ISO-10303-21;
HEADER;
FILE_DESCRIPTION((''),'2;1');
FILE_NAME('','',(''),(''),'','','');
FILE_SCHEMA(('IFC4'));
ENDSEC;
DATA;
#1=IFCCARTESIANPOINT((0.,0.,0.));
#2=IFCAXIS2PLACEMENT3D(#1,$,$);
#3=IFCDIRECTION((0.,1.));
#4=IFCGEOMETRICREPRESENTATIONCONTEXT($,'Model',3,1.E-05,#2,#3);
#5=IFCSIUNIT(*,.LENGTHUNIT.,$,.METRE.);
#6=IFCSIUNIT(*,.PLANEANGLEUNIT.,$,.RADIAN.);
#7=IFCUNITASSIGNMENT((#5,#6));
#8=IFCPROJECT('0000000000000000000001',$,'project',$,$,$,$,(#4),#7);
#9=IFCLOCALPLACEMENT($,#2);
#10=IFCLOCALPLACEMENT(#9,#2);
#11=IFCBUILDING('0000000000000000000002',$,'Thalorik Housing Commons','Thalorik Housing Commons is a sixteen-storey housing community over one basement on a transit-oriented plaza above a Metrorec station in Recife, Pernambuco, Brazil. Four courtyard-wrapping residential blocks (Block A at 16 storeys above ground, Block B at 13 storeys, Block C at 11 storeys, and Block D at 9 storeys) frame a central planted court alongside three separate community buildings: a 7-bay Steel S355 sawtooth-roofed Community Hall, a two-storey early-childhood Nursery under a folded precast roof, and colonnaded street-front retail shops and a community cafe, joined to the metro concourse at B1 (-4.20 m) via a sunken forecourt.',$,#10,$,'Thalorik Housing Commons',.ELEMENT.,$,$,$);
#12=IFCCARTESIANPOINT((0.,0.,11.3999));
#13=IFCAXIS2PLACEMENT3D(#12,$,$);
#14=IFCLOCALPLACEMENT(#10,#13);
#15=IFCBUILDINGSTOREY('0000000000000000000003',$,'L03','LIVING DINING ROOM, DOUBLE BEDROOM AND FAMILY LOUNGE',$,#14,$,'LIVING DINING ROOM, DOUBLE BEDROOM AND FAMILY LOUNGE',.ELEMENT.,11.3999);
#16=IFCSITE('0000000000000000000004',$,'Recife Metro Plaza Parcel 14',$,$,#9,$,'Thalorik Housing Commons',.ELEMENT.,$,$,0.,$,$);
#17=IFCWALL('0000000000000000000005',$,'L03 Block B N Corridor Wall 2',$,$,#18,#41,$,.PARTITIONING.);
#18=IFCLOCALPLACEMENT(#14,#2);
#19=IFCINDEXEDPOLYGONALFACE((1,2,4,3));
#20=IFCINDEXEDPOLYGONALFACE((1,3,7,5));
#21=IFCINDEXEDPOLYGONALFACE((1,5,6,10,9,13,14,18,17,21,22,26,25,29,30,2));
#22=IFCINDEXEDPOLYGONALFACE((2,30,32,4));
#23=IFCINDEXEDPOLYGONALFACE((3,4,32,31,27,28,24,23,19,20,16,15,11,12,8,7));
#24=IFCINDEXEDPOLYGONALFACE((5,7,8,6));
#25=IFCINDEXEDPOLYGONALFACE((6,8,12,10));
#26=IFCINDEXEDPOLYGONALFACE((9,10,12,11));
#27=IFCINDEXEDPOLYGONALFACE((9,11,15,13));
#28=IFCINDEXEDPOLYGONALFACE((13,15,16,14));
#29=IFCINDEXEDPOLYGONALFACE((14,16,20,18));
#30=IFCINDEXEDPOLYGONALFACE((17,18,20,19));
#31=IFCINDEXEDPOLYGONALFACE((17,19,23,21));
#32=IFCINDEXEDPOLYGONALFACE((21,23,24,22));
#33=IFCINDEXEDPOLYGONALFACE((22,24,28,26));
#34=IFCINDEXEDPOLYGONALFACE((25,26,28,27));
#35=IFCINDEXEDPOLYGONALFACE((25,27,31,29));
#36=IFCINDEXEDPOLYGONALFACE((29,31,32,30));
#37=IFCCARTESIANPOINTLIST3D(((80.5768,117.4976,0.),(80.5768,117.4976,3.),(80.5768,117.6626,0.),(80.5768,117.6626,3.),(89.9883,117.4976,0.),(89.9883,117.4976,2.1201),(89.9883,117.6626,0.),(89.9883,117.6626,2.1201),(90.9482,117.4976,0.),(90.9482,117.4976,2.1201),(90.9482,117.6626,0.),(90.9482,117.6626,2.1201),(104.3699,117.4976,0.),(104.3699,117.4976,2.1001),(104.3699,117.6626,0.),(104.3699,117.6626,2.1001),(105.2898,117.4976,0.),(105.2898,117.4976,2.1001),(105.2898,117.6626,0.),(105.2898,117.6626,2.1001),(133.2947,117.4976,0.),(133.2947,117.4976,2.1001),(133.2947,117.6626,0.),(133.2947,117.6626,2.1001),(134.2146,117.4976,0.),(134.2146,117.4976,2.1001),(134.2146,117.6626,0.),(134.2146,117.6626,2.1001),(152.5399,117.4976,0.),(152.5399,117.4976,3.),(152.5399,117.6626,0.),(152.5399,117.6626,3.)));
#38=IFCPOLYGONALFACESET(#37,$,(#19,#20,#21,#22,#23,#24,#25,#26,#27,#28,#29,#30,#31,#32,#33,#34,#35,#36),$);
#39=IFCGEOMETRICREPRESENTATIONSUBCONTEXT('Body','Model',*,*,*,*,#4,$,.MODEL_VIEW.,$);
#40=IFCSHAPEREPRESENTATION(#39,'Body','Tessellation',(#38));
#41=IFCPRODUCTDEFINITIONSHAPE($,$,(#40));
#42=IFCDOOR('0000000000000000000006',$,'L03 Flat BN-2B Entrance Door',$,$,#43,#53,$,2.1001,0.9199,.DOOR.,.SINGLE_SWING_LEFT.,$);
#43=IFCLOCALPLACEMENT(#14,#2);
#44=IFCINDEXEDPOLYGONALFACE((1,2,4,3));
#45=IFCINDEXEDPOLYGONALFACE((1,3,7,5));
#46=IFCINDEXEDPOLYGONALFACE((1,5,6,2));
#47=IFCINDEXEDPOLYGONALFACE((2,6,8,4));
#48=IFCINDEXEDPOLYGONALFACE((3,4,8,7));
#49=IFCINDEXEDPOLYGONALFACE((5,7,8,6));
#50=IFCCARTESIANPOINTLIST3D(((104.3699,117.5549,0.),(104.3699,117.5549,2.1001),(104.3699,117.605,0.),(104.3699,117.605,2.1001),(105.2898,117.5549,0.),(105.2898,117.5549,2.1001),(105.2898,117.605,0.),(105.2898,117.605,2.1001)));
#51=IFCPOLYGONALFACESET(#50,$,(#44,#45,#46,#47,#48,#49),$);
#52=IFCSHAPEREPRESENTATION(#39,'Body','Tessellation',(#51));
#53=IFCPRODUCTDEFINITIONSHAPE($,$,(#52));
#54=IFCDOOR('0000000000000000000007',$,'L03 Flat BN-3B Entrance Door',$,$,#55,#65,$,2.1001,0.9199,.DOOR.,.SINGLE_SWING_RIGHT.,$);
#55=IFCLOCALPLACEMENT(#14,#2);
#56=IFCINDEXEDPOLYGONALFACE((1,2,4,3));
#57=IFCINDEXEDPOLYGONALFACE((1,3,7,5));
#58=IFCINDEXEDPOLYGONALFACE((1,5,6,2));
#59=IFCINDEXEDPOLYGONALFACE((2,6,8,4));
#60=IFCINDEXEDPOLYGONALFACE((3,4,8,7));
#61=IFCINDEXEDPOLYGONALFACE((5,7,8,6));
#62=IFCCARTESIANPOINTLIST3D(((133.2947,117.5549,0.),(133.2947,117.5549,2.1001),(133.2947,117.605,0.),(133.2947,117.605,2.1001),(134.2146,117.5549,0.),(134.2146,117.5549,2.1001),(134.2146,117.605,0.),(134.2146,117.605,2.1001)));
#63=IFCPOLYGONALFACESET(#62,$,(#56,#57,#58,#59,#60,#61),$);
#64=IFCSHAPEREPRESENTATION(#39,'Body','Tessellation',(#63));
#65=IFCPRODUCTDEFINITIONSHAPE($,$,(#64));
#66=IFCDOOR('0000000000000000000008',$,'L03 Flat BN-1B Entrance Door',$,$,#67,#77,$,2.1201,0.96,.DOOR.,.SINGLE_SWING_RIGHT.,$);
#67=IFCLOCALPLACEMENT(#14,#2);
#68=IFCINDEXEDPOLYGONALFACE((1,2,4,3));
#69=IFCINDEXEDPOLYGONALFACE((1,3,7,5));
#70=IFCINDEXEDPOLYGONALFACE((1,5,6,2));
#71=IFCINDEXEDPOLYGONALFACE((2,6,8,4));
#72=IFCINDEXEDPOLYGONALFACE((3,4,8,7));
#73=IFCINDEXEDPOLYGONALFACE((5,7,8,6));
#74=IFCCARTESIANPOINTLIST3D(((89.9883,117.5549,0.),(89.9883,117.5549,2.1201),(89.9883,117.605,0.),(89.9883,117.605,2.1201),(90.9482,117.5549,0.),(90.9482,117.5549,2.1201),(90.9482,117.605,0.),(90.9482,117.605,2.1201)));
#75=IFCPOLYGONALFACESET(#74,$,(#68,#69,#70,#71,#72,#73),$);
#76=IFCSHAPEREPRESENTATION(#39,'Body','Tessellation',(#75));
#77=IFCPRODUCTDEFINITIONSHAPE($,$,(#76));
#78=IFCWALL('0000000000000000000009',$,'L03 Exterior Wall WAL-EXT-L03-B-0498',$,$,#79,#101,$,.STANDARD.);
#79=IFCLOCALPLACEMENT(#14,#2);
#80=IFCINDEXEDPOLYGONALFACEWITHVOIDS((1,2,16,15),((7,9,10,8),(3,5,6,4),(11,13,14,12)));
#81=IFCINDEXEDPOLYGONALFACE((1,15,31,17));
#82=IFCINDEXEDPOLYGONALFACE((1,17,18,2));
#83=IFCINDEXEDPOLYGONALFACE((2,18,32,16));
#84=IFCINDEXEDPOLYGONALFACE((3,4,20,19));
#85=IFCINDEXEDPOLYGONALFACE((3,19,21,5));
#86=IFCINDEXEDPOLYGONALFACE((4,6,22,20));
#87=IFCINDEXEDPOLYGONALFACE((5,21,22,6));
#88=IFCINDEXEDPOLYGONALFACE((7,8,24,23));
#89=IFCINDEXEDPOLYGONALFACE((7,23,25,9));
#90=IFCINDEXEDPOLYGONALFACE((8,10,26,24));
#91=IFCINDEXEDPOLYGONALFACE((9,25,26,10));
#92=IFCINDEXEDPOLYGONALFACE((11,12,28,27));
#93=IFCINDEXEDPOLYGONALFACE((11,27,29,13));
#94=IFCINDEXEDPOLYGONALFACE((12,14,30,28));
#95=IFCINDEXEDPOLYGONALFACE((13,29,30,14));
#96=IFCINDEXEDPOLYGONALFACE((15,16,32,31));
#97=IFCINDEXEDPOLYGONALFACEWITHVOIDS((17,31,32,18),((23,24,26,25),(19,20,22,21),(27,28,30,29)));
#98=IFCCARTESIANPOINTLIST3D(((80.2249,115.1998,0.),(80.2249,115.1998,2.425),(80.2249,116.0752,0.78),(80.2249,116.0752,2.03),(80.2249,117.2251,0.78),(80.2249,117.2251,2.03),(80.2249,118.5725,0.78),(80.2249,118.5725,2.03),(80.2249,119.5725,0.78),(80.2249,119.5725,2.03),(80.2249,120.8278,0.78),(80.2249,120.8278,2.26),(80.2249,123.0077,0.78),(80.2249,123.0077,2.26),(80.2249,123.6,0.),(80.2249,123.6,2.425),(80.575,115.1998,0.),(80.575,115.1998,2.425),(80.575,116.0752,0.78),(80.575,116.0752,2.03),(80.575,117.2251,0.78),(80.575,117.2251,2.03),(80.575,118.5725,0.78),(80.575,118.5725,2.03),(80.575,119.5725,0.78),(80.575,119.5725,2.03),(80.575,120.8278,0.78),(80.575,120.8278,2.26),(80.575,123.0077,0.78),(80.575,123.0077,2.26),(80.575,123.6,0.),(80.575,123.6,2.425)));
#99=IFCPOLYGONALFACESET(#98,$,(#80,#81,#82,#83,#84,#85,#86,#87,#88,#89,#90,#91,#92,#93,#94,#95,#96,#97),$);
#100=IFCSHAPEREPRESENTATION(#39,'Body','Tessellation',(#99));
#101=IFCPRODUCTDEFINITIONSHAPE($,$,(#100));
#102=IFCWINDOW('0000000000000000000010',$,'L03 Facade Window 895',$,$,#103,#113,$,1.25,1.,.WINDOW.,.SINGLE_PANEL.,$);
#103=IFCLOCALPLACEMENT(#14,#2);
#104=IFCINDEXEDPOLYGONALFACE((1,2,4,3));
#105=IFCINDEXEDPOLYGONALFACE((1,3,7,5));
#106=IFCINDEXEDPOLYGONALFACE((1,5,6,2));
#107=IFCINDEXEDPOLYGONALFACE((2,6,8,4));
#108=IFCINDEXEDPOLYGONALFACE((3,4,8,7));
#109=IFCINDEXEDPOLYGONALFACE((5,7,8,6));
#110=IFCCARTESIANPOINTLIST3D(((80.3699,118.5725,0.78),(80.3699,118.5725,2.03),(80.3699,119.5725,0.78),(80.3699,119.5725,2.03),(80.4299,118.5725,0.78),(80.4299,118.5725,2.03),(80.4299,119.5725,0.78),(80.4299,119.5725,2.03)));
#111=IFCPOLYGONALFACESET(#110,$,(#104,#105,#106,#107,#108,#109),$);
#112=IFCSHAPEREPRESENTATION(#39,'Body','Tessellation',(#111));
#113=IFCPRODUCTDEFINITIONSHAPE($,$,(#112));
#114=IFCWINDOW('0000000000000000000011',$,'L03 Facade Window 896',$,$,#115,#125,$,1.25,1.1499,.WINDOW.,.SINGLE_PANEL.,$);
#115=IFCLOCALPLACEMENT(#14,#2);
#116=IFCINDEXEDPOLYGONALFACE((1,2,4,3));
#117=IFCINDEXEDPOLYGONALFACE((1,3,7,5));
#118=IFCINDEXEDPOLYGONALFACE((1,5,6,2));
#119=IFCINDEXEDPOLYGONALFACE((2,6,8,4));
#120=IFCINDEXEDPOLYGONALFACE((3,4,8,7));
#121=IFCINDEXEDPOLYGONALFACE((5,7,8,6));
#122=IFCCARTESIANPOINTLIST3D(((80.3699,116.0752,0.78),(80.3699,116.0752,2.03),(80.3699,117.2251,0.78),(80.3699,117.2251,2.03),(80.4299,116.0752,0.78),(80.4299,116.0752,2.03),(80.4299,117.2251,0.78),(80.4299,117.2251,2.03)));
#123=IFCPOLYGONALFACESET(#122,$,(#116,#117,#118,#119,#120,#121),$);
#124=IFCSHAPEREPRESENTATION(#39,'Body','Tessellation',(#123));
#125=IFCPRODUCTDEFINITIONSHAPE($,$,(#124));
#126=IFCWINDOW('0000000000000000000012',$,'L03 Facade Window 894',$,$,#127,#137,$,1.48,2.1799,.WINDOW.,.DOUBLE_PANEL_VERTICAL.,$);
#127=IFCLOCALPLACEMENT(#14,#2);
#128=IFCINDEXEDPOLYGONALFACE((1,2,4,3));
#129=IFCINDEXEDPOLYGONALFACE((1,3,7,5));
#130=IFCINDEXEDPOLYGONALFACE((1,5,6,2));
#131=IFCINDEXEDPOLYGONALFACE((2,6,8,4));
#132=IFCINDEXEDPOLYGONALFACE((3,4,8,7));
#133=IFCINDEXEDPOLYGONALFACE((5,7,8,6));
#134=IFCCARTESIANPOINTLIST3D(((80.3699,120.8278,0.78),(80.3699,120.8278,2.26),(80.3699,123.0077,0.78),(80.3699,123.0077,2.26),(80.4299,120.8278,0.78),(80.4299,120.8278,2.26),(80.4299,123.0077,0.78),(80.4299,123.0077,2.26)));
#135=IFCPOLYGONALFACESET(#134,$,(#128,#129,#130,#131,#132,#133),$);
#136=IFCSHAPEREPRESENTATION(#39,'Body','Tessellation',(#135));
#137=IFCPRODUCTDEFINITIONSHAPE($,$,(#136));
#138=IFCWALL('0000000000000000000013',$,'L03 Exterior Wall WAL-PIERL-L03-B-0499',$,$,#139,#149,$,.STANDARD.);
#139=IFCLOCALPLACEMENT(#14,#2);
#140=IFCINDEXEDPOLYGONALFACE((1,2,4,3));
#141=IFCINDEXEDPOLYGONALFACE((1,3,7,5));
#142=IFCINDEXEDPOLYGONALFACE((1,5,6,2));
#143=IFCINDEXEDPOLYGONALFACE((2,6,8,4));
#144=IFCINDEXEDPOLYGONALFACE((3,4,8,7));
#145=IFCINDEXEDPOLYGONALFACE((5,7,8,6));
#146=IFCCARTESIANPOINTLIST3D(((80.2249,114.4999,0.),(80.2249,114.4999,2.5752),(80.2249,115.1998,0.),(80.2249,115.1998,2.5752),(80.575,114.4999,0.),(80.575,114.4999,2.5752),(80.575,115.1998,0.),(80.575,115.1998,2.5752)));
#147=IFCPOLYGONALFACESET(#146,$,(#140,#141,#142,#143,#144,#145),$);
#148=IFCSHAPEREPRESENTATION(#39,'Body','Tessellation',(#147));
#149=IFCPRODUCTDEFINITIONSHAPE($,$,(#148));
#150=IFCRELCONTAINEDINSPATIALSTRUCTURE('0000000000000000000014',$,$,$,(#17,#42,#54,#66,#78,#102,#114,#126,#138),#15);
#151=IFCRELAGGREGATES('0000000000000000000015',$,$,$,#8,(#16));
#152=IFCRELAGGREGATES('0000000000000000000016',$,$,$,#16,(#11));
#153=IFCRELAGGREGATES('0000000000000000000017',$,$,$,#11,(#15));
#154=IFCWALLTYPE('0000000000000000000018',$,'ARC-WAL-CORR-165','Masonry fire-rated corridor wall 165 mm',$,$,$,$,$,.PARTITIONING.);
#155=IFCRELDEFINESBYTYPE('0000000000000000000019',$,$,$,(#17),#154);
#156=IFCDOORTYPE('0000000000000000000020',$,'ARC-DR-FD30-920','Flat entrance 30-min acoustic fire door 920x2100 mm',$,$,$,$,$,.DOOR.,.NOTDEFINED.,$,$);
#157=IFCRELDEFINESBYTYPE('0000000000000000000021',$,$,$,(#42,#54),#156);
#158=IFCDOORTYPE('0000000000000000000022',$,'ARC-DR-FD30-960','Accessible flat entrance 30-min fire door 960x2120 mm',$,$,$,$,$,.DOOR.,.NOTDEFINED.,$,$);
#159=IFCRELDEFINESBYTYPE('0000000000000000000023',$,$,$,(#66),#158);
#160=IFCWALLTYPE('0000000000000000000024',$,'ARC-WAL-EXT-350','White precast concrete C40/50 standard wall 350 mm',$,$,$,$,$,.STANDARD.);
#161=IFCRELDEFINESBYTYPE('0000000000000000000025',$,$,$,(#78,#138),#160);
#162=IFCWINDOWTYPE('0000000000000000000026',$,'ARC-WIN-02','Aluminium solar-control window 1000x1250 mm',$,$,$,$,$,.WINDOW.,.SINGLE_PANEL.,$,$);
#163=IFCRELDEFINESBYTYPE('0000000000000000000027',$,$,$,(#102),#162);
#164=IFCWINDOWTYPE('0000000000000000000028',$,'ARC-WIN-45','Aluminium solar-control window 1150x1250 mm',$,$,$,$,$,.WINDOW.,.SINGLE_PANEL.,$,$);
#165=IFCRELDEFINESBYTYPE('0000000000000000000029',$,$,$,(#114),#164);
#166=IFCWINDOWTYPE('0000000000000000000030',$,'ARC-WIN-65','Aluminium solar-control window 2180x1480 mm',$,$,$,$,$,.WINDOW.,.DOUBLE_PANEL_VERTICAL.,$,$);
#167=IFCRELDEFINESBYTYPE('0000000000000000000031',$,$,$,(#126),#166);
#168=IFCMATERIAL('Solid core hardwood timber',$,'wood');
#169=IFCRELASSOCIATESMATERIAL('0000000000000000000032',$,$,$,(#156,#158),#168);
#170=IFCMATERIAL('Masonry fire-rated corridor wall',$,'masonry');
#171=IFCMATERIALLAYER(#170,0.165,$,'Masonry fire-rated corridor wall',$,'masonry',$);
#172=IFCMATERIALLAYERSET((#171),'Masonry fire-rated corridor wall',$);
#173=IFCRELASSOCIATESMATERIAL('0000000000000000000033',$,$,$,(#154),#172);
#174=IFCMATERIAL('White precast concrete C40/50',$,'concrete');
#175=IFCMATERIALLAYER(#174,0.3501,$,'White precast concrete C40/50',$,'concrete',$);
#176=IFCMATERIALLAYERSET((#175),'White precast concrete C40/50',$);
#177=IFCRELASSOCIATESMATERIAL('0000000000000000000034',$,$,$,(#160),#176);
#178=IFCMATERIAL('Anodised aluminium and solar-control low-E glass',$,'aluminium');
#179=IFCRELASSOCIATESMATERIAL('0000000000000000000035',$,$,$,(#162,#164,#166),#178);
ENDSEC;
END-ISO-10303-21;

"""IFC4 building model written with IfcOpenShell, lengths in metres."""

from ifc_helpers import new_model, si_unit, direction, frame, frame_2d, origin, place, context, subcontext, project, spatial, rectangle, extrude, material, layer, layer_set, type_object, element, fill, save


model = new_model("IFC4")

# Units and contexts
model_context = context("Model", 3, precision=1e-05, world=origin(), true_north=direction((0.0, 1.0)))
body_context = subcontext(model_context, "Body", "Model", "MODEL_VIEW")
ifc_project = project(units=[si_unit("LENGTHUNIT", "METRE"), si_unit("PLANEANGLEUNIT", "RADIAN")], contexts=[model_context])

# Site, building, storey
site_placement = place(None, origin())
site = spatial("IfcSite", under=ifc_project, at=site_placement, Name="Recife Metro Plaza Parcel 14", LongName="Thalorik Housing Commons", CompositionType="ELEMENT", RefElevation=0.0)
building_placement = place(site_placement, origin())
building = spatial("IfcBuilding", under=site, at=building_placement, Name="Thalorik Housing Commons", Description="Thalorik Housing Commons is a sixteen-storey housing community over one basement on a transit-oriented plaza above a Metrorec station in Recife, Pernambuco, Brazil. Four courtyard-wrapping residential blocks (Block A at 16 storeys above ground, Block B at 13 storeys, Block C at 11 storeys, and Block D at 9 storeys) frame a central planted court alongside three separate community buildings: a 7-bay Steel S355 sawtooth-roofed Community Hall, a two-storey early-childhood Nursery under a folded precast roof, and colonnaded street-front retail shops and a community cafe, joined to the metro concourse at B1 (-4.20 m) via a sunken forecourt.", LongName="Thalorik Housing Commons", CompositionType="ELEMENT")
storey_placement = place(building_placement, frame((0.0, 0.0, 11.3999)))
storey = spatial("IfcBuildingStorey", under=building, at=storey_placement, Name="L03", Description="LIVING DINING ROOM, DOUBLE BEDROOM AND FAMILY LOUNGE", LongName="LIVING DINING ROOM, DOUBLE BEDROOM AND FAMILY LOUNGE", CompositionType="ELEMENT", Elevation=11.3999)

# Shared definitions
ifc_material_1 = material(Name="Anodised aluminium and solar-control low-E glass", Category="aluminium")

# Wall, openings, doors
ifc_material_2 = material(Name="Masonry fire-rated corridor wall", Category="masonry")
ifc_material_3 = material(Name="Solid core hardwood timber", Category="wood")
door_type_1 = type_object("IfcDoorType", Name="ARC-DR-FD30-920", Description="Flat entrance 30-min acoustic fire door 920x2100 mm", OperationType="NOTDEFINED", PredefinedType="DOOR", material=ifc_material_3)
ifc_layer_1 = layer(ifc_material_2, 0.165, Name="Masonry fire-rated corridor wall", Category="masonry")
ifc_layer_set_1 = layer_set([ifc_layer_1], Name="Masonry fire-rated corridor wall")
wall_type_1 = type_object("IfcWallType", Name="ARC-WAL-CORR-165", Description="Masonry fire-rated corridor wall 165 mm", PredefinedType="PARTITIONING", material=ifc_layer_set_1)
wall_1_placement = place(storey_placement, frame((80.5769, 117.5801, 0.0), z_axis=(0.0, 0.0, 1.0), x_axis=(1.0, 0.0, 0.0)))
wall_1 = element("IfcWall", 1, at=wall_1_placement, inside=storey, type_object=wall_type_1, Name="L03 Block B N Corridor Wall 2", PredefinedType="PARTITIONING", context=body_context, shape_type="SweptSolid", body=[
    extrude(rectangle(XDim=71.9631, YDim=0.165, at=frame_2d((35.9814, 0.0))), origin(), (0.0, 0.0, 1.0), 3.0),
])
opening_1_placement = place(wall_1_placement, frame((9.4114, 0.0, 0.0)))
opening_1 = element("IfcOpeningElement", 2, at=opening_1_placement, cuts=wall_1, PredefinedType="OPENING", context=body_context, shape_type="SweptSolid", body=[
    extrude(rectangle(XDim=0.96, YDim=2.1201, at=frame_2d((0.48, 1.0601))), frame((0.0, 0.0925, 0.0), z_axis=(0.0, -1.0, 0.0), x_axis=(1.0, 0.0, 0.0)), (0.0, 0.0, 1.0), 0.1851),
])
opening_2_placement = place(wall_1_placement, frame((23.793, 0.0, 0.0)))
opening_2 = element("IfcOpeningElement", 3, at=opening_2_placement, cuts=wall_1, PredefinedType="OPENING", context=body_context, shape_type="SweptSolid", body=[
    extrude(rectangle(XDim=0.9199, YDim=2.1001, at=frame_2d((0.46, 1.05))), frame((0.0, 0.0925, 0.0), z_axis=(0.0, -1.0, 0.0), x_axis=(1.0, 0.0, 0.0)), (0.0, 0.0, 1.0), 0.1851),
])
opening_3_placement = place(wall_1_placement, frame((52.7178, 0.0, 0.0)))
opening_3 = element("IfcOpeningElement", 4, at=opening_3_placement, cuts=wall_1, PredefinedType="OPENING", context=body_context, shape_type="SweptSolid", body=[
    extrude(rectangle(XDim=0.9199, YDim=2.1001, at=frame_2d((0.46, 1.05))), frame((0.0, 0.0925, 0.0), z_axis=(0.0, -1.0, 0.0), x_axis=(1.0, 0.0, 0.0)), (0.0, 0.0, 1.0), 0.1851),
])
door_1_placement = place(opening_2_placement, origin())
door_1 = element("IfcDoor", 5, at=door_1_placement, inside=storey, type_object=door_type_1, Name="L03 Flat BN-2B Entrance Door", OperationType="SINGLE_SWING_LEFT", OverallHeight=2.1001, OverallWidth=0.9199, PredefinedType="DOOR", context=body_context, shape_type="SweptSolid", body=[
    extrude(rectangle(XDim=0.9199, YDim=2.1001, at=frame_2d((0.46, 1.05))), frame((0.0, 0.0249, 0.0), z_axis=(0.0, -1.0, 0.0), x_axis=(1.0, 0.0, 0.0)), (0.0, 0.0, 1.0), 0.05),
])
fill(opening_2, door_1)
door_2_placement = place(opening_3_placement, origin())
door_2 = element("IfcDoor", 6, at=door_2_placement, inside=storey, type_object=door_type_1, Name="L03 Flat BN-3B Entrance Door", OperationType="SINGLE_SWING_RIGHT", OverallHeight=2.1001, OverallWidth=0.9199, PredefinedType="DOOR", context=body_context, shape_type="SweptSolid", body=[
    extrude(rectangle(XDim=0.9199, YDim=2.1001, at=frame_2d((0.46, 1.05))), frame((0.0, 0.0249, 0.0), z_axis=(0.0, -1.0, 0.0), x_axis=(1.0, 0.0, 0.0)), (0.0, 0.0, 1.0), 0.05),
])
fill(opening_3, door_2)
door_type_2 = type_object("IfcDoorType", Name="ARC-DR-FD30-960", Description="Accessible flat entrance 30-min fire door 960x2120 mm", OperationType="NOTDEFINED", PredefinedType="DOOR", material=ifc_material_3)
door_3_placement = place(opening_1_placement, origin())
door_3 = element("IfcDoor", 7, at=door_3_placement, inside=storey, type_object=door_type_2, Name="L03 Flat BN-1B Entrance Door", OperationType="SINGLE_SWING_RIGHT", OverallHeight=2.1201, OverallWidth=0.96, PredefinedType="DOOR", context=body_context, shape_type="SweptSolid", body=[
    extrude(rectangle(XDim=0.96, YDim=2.1201, at=frame_2d((0.48, 1.0601))), frame((0.0, 0.0249, 0.0), z_axis=(0.0, -1.0, 0.0), x_axis=(1.0, 0.0, 0.0)), (0.0, 0.0, 1.0), 0.05),
])
fill(opening_1, door_3)

# Wall, openings, windows
ifc_material_4 = material(Name="White precast concrete C40/50", Category="concrete")
ifc_layer_2 = layer(ifc_material_4, 0.3501, Name="White precast concrete C40/50", Category="concrete")
ifc_layer_set_2 = layer_set([ifc_layer_2], Name="White precast concrete C40/50")
wall_type_2 = type_object("IfcWallType", Name="ARC-WAL-EXT-350", Description="White precast concrete C40/50 standard wall 350 mm", PredefinedType="STANDARD", material=ifc_layer_set_2)
wall_2_placement = place(storey_placement, frame((80.3999, 123.6001, 0.0), z_axis=(0.0, 0.0, 1.0), x_axis=(0.0, -1.0, 0.0)))
wall_2 = element("IfcWall", 8, at=wall_2_placement, inside=storey, type_object=wall_type_2, Name="L03 Exterior Wall WAL-EXT-L03-B-0498", PredefinedType="STANDARD", context=body_context, shape_type="SweptSolid", body=[
    extrude(rectangle(XDim=8.4001, YDim=0.3501, at=frame_2d((4.2002, 0.0))), origin(), (0.0, 0.0, 1.0), 2.425),
])
opening_4_placement = place(wall_2_placement, frame((0.5925, 0.0, 0.78)))
opening_4 = element("IfcOpeningElement", 9, at=opening_4_placement, cuts=wall_2, PredefinedType="OPENING", context=body_context, shape_type="SweptSolid", body=[
    extrude(rectangle(XDim=2.1799, YDim=1.48, at=frame_2d((1.0898, 0.74))), frame((0.0, 0.1851, 0.0), z_axis=(0.0, -1.0, 0.0), x_axis=(1.0, 0.0, 0.0)), (0.0, 0.0, 1.0), 0.3701),
])
opening_5_placement = place(wall_2_placement, frame((4.0276, 0.0, 0.78)))
opening_5 = element("IfcOpeningElement", 10, at=opening_5_placement, cuts=wall_2, PredefinedType="OPENING", context=body_context, shape_type="SweptSolid", body=[
    extrude(rectangle(XDim=1.0, YDim=1.25, at=frame_2d((0.5, 0.625))), frame((0.0, 0.1851, 0.0), z_axis=(0.0, -1.0, 0.0), x_axis=(1.0, 0.0, 0.0)), (0.0, 0.0, 1.0), 0.3701),
])
opening_6_placement = place(wall_2_placement, frame((6.375, 0.0, 0.78)))
opening_6 = element("IfcOpeningElement", 11, at=opening_6_placement, cuts=wall_2, PredefinedType="OPENING", context=body_context, shape_type="SweptSolid", body=[
    extrude(rectangle(XDim=1.1499, YDim=1.25, at=frame_2d((0.575, 0.625))), frame((0.0, 0.1851, 0.0), z_axis=(0.0, -1.0, 0.0), x_axis=(1.0, 0.0, 0.0)), (0.0, 0.0, 1.0), 0.3701),
])
window_type_1 = type_object("IfcWindowType", Name="ARC-WIN-02", Description="Aluminium solar-control window 1000x1250 mm", PartitioningType="SINGLE_PANEL", PredefinedType="WINDOW", material=ifc_material_1)
window_1_placement = place(opening_5_placement, origin())
window_1 = element("IfcWindow", 12, at=window_1_placement, inside=storey, type_object=window_type_1, Name="L03 Facade Window 895", OverallHeight=1.25, OverallWidth=1.0, PartitioningType="SINGLE_PANEL", PredefinedType="WINDOW", context=body_context, shape_type="SweptSolid", body=[
    extrude(rectangle(XDim=1.0, YDim=1.25, at=frame_2d((0.5, 0.625))), frame((0.0, 0.03, 0.0), z_axis=(0.0, -1.0, 0.0), x_axis=(1.0, 0.0, 0.0)), (0.0, 0.0, 1.0), 0.0601),
])
fill(opening_5, window_1)
window_type_2 = type_object("IfcWindowType", Name="ARC-WIN-45", Description="Aluminium solar-control window 1150x1250 mm", PartitioningType="SINGLE_PANEL", PredefinedType="WINDOW", material=ifc_material_1)
window_2_placement = place(opening_6_placement, origin())
window_2 = element("IfcWindow", 13, at=window_2_placement, inside=storey, type_object=window_type_2, Name="L03 Facade Window 896", OverallHeight=1.25, OverallWidth=1.1499, PartitioningType="SINGLE_PANEL", PredefinedType="WINDOW", context=body_context, shape_type="SweptSolid", body=[
    extrude(rectangle(XDim=1.1499, YDim=1.25, at=frame_2d((0.575, 0.625))), frame((0.0, 0.03, 0.0), z_axis=(0.0, -1.0, 0.0), x_axis=(1.0, 0.0, 0.0)), (0.0, 0.0, 1.0), 0.0601),
])
fill(opening_6, window_2)
window_type_3 = type_object("IfcWindowType", Name="ARC-WIN-65", Description="Aluminium solar-control window 2180x1480 mm", PartitioningType="DOUBLE_PANEL_VERTICAL", PredefinedType="WINDOW", material=ifc_material_1)
window_3_placement = place(opening_4_placement, origin())
window_3 = element("IfcWindow", 14, at=window_3_placement, inside=storey, type_object=window_type_3, Name="L03 Facade Window 894", OverallHeight=1.48, OverallWidth=2.1799, PartitioningType="DOUBLE_PANEL_VERTICAL", PredefinedType="WINDOW", context=body_context, shape_type="SweptSolid", body=[
    extrude(rectangle(XDim=2.1799, YDim=1.48, at=frame_2d((1.0898, 0.74))), frame((0.0, 0.03, 0.0), z_axis=(0.0, -1.0, 0.0), x_axis=(1.0, 0.0, 0.0)), (0.0, 0.0, 1.0), 0.0601),
])
fill(opening_4, window_3)

# Wall
wall_3_placement = place(storey_placement, frame((80.3999, 115.2, 0.0), z_axis=(0.0, 0.0, 1.0), x_axis=(0.0, -1.0, 0.0)))
element("IfcWall", 15, at=wall_3_placement, inside=storey, type_object=wall_type_2, Name="L03 Exterior Wall WAL-PIERL-L03-B-0499", PredefinedType="STANDARD", context=body_context, shape_type="SweptSolid", body=[
    extrude(rectangle(XDim=0.7, YDim=0.3501, at=frame_2d((0.3501, 0.0))), origin(), (0.0, 0.0, 1.0), 2.5752),
])

save(model, "model.ifc")
